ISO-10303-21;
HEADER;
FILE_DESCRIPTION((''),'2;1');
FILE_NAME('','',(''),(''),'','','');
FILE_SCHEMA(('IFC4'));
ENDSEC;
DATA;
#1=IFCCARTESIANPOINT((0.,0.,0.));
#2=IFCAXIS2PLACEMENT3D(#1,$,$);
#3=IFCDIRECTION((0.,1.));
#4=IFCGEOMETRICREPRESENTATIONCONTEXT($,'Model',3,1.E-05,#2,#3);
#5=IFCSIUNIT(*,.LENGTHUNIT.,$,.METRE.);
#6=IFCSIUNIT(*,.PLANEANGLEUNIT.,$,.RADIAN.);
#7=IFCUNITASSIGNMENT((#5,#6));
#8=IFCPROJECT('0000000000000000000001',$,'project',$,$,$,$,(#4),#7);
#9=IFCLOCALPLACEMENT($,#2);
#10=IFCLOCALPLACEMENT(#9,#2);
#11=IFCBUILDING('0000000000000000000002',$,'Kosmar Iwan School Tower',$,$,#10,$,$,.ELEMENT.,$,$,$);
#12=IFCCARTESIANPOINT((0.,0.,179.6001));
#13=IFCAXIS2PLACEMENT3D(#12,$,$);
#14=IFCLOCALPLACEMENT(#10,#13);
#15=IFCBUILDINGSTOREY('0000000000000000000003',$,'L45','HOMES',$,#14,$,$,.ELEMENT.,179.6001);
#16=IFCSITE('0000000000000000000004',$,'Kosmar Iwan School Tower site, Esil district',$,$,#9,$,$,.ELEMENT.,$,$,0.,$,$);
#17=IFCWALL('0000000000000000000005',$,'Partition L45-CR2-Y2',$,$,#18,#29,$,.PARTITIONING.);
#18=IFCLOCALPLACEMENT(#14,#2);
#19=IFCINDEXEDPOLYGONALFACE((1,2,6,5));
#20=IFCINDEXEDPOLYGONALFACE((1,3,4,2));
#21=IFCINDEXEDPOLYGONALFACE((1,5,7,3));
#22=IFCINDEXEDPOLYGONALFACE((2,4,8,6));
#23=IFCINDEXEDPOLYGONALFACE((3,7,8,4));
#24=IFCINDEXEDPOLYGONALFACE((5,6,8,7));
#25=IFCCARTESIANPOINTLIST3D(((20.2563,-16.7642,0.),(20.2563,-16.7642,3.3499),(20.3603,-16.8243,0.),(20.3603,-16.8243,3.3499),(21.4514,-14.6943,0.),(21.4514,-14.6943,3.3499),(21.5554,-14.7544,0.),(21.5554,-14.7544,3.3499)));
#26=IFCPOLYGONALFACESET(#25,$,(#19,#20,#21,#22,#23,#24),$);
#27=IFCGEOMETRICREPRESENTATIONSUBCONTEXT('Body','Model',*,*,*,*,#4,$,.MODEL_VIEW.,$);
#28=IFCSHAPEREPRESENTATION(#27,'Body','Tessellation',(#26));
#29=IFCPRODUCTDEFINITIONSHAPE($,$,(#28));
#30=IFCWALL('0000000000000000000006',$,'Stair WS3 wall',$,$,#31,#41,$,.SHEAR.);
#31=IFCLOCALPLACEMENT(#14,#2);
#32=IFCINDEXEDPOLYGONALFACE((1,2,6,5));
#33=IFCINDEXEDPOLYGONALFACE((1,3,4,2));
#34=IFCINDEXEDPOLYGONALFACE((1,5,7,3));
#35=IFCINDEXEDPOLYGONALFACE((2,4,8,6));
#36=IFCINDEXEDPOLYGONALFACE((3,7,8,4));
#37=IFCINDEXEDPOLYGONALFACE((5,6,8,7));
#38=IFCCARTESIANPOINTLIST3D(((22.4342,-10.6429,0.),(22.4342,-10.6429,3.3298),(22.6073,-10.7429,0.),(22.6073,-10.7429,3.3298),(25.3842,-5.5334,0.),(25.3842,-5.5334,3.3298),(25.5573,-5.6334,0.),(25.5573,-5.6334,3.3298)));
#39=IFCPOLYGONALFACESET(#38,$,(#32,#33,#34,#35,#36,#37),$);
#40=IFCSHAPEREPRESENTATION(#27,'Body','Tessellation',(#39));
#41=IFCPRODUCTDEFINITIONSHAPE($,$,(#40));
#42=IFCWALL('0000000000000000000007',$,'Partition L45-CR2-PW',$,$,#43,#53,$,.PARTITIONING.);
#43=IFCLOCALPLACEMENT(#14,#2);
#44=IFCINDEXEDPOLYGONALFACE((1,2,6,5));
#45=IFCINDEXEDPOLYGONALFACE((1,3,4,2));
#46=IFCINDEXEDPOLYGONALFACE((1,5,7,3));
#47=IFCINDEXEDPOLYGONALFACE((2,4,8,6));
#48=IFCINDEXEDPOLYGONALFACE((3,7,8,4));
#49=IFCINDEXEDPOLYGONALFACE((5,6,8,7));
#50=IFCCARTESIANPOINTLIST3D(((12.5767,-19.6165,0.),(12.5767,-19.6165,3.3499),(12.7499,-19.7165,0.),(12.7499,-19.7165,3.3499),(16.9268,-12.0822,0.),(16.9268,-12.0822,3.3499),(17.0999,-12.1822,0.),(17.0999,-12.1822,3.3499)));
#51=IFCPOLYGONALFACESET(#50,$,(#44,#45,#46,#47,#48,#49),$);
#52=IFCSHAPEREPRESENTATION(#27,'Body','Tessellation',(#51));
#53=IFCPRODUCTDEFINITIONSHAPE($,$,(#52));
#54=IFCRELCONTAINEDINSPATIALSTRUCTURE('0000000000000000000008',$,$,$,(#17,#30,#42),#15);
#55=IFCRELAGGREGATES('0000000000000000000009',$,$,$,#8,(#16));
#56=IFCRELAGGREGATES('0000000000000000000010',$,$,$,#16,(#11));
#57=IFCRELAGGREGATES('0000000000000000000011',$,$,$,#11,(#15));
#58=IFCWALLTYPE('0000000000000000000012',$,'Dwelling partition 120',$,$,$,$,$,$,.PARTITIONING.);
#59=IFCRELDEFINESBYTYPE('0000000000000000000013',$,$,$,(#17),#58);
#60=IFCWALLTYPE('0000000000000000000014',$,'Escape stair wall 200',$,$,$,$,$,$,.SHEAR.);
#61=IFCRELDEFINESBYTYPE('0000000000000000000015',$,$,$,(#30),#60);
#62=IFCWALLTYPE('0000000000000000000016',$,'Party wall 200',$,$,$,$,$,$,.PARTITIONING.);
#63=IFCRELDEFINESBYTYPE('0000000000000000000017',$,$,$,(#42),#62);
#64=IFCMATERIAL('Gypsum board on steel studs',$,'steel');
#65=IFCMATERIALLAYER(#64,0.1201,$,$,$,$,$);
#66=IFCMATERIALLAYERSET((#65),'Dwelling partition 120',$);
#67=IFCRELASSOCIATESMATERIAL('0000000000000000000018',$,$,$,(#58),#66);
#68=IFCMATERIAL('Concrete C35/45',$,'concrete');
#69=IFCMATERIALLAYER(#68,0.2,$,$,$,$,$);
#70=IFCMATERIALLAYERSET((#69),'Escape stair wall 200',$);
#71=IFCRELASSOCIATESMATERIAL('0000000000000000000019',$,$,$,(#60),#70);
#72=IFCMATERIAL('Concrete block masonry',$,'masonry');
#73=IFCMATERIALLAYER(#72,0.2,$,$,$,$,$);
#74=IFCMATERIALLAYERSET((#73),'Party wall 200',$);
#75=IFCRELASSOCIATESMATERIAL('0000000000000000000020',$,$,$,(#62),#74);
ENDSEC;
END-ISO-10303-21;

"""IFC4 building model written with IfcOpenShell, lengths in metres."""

from ifc_helpers import new_model, si_unit, direction, frame, frame_2d, origin, place, context, subcontext, project, spatial, rectangle, extrude, material, layer, layer_set, type_object, element, save


model = new_model("IFC4")

# Units and contexts
model_context = context("Model", 3, precision=1e-05, world=origin(), true_north=direction((0.0, 1.0)))
body_context = subcontext(model_context, "Body", "Model", "MODEL_VIEW")
ifc_project = project(units=[si_unit("LENGTHUNIT", "METRE"), si_unit("PLANEANGLEUNIT", "RADIAN")], contexts=[model_context])

# Site, building, storey
site_placement = place(None, origin())
site = spatial("IfcSite", under=ifc_project, at=site_placement, Name="Kosmar Iwan School Tower site, Esil district", CompositionType="ELEMENT", RefElevation=0.0)
building_placement = place(site_placement, origin())
building = spatial("IfcBuilding", under=site, at=building_placement, Name="Kosmar Iwan School Tower", CompositionType="ELEMENT")
storey_placement = place(building_placement, frame((0.0, 0.0, 179.6001)))
storey = spatial("IfcBuildingStorey", under=building, at=storey_placement, Name="L45", Description="HOMES", CompositionType="ELEMENT", Elevation=179.6001)

# Shared definitions
ifc_material_1 = material(Name="Gypsum board on steel studs", Category="steel")
ifc_layer_1 = layer(ifc_material_1, 0.1201)
ifc_layer_set_1 = layer_set([ifc_layer_1], Name="Dwelling partition 120")
wall_type_1 = type_object("IfcWallType", Name="Dwelling partition 120", PredefinedType="PARTITIONING", material=ifc_layer_set_1)

# Walls
wall_1_placement = place(storey_placement, frame((21.5034, -14.7244, 0.0), z_axis=(0.0, 0.0, 1.0), x_axis=(-0.500017, -0.866015, 0.0)))
element("IfcWall", 1, at=wall_1_placement, inside=storey, type_object=wall_type_1, Name="Partition L45-CR2-Y2", PredefinedType="PARTITIONING", context=body_context, shape_type="SweptSolid", body=[
    extrude(rectangle(XDim=2.3901, YDim=0.1201, at=frame_2d((1.1951, 0.0))), origin(), (0.0, 0.0, 1.0), 3.3499),
])
ifc_material_2 = material(Name="Concrete C35/45", Category="concrete")
ifc_layer_2 = layer(ifc_material_2, 0.2)
ifc_layer_set_2 = layer_set([ifc_layer_2], Name="Escape stair wall 200")
wall_type_2 = type_object("IfcWallType", Name="Escape stair wall 200", PredefinedType="SHEAR", material=ifc_layer_set_2)
wall_2_placement = place(storey_placement, frame((22.5208, -10.6929, 0.0), z_axis=(0.0, 0.0, 1.0), x_axis=(0.500007, 0.866022, 0.0)))
element("IfcWall", 2, at=wall_2_placement, inside=storey, type_object=wall_type_2, Name="Stair WS3 wall", PredefinedType="SHEAR", context=body_context, shape_type="SweptSolid", body=[
    extrude(rectangle(XDim=5.8999, YDim=0.2, at=frame_2d((2.95, 0.0))), origin(), (0.0, 0.0, 1.0), 3.3298),
])
ifc_material_3 = material(Name="Concrete block masonry", Category="masonry")
ifc_layer_3 = layer(ifc_material_3, 0.2)
ifc_layer_set_3 = layer_set([ifc_layer_3], Name="Party wall 200")
wall_type_3 = type_object("IfcWallType", Name="Party wall 200", PredefinedType="PARTITIONING", material=ifc_layer_set_3)
wall_3_placement = place(storey_placement, frame((17.0134, -12.1321, 0.0), z_axis=(0.0, 0.0, 1.0), x_axis=(-0.500008, -0.866021, 0.0)))
element("IfcWall", 3, at=wall_3_placement, inside=storey, type_object=wall_type_3, Name="Partition L45-CR2-PW", PredefinedType="PARTITIONING", context=body_context, shape_type="SweptSolid", body=[
    extrude(rectangle(XDim=8.7, YDim=0.2, at=frame_2d((4.3501, 0.0))), origin(), (0.0, 0.0, 1.0), 3.3499),
])

save(model, "model.ifc")
